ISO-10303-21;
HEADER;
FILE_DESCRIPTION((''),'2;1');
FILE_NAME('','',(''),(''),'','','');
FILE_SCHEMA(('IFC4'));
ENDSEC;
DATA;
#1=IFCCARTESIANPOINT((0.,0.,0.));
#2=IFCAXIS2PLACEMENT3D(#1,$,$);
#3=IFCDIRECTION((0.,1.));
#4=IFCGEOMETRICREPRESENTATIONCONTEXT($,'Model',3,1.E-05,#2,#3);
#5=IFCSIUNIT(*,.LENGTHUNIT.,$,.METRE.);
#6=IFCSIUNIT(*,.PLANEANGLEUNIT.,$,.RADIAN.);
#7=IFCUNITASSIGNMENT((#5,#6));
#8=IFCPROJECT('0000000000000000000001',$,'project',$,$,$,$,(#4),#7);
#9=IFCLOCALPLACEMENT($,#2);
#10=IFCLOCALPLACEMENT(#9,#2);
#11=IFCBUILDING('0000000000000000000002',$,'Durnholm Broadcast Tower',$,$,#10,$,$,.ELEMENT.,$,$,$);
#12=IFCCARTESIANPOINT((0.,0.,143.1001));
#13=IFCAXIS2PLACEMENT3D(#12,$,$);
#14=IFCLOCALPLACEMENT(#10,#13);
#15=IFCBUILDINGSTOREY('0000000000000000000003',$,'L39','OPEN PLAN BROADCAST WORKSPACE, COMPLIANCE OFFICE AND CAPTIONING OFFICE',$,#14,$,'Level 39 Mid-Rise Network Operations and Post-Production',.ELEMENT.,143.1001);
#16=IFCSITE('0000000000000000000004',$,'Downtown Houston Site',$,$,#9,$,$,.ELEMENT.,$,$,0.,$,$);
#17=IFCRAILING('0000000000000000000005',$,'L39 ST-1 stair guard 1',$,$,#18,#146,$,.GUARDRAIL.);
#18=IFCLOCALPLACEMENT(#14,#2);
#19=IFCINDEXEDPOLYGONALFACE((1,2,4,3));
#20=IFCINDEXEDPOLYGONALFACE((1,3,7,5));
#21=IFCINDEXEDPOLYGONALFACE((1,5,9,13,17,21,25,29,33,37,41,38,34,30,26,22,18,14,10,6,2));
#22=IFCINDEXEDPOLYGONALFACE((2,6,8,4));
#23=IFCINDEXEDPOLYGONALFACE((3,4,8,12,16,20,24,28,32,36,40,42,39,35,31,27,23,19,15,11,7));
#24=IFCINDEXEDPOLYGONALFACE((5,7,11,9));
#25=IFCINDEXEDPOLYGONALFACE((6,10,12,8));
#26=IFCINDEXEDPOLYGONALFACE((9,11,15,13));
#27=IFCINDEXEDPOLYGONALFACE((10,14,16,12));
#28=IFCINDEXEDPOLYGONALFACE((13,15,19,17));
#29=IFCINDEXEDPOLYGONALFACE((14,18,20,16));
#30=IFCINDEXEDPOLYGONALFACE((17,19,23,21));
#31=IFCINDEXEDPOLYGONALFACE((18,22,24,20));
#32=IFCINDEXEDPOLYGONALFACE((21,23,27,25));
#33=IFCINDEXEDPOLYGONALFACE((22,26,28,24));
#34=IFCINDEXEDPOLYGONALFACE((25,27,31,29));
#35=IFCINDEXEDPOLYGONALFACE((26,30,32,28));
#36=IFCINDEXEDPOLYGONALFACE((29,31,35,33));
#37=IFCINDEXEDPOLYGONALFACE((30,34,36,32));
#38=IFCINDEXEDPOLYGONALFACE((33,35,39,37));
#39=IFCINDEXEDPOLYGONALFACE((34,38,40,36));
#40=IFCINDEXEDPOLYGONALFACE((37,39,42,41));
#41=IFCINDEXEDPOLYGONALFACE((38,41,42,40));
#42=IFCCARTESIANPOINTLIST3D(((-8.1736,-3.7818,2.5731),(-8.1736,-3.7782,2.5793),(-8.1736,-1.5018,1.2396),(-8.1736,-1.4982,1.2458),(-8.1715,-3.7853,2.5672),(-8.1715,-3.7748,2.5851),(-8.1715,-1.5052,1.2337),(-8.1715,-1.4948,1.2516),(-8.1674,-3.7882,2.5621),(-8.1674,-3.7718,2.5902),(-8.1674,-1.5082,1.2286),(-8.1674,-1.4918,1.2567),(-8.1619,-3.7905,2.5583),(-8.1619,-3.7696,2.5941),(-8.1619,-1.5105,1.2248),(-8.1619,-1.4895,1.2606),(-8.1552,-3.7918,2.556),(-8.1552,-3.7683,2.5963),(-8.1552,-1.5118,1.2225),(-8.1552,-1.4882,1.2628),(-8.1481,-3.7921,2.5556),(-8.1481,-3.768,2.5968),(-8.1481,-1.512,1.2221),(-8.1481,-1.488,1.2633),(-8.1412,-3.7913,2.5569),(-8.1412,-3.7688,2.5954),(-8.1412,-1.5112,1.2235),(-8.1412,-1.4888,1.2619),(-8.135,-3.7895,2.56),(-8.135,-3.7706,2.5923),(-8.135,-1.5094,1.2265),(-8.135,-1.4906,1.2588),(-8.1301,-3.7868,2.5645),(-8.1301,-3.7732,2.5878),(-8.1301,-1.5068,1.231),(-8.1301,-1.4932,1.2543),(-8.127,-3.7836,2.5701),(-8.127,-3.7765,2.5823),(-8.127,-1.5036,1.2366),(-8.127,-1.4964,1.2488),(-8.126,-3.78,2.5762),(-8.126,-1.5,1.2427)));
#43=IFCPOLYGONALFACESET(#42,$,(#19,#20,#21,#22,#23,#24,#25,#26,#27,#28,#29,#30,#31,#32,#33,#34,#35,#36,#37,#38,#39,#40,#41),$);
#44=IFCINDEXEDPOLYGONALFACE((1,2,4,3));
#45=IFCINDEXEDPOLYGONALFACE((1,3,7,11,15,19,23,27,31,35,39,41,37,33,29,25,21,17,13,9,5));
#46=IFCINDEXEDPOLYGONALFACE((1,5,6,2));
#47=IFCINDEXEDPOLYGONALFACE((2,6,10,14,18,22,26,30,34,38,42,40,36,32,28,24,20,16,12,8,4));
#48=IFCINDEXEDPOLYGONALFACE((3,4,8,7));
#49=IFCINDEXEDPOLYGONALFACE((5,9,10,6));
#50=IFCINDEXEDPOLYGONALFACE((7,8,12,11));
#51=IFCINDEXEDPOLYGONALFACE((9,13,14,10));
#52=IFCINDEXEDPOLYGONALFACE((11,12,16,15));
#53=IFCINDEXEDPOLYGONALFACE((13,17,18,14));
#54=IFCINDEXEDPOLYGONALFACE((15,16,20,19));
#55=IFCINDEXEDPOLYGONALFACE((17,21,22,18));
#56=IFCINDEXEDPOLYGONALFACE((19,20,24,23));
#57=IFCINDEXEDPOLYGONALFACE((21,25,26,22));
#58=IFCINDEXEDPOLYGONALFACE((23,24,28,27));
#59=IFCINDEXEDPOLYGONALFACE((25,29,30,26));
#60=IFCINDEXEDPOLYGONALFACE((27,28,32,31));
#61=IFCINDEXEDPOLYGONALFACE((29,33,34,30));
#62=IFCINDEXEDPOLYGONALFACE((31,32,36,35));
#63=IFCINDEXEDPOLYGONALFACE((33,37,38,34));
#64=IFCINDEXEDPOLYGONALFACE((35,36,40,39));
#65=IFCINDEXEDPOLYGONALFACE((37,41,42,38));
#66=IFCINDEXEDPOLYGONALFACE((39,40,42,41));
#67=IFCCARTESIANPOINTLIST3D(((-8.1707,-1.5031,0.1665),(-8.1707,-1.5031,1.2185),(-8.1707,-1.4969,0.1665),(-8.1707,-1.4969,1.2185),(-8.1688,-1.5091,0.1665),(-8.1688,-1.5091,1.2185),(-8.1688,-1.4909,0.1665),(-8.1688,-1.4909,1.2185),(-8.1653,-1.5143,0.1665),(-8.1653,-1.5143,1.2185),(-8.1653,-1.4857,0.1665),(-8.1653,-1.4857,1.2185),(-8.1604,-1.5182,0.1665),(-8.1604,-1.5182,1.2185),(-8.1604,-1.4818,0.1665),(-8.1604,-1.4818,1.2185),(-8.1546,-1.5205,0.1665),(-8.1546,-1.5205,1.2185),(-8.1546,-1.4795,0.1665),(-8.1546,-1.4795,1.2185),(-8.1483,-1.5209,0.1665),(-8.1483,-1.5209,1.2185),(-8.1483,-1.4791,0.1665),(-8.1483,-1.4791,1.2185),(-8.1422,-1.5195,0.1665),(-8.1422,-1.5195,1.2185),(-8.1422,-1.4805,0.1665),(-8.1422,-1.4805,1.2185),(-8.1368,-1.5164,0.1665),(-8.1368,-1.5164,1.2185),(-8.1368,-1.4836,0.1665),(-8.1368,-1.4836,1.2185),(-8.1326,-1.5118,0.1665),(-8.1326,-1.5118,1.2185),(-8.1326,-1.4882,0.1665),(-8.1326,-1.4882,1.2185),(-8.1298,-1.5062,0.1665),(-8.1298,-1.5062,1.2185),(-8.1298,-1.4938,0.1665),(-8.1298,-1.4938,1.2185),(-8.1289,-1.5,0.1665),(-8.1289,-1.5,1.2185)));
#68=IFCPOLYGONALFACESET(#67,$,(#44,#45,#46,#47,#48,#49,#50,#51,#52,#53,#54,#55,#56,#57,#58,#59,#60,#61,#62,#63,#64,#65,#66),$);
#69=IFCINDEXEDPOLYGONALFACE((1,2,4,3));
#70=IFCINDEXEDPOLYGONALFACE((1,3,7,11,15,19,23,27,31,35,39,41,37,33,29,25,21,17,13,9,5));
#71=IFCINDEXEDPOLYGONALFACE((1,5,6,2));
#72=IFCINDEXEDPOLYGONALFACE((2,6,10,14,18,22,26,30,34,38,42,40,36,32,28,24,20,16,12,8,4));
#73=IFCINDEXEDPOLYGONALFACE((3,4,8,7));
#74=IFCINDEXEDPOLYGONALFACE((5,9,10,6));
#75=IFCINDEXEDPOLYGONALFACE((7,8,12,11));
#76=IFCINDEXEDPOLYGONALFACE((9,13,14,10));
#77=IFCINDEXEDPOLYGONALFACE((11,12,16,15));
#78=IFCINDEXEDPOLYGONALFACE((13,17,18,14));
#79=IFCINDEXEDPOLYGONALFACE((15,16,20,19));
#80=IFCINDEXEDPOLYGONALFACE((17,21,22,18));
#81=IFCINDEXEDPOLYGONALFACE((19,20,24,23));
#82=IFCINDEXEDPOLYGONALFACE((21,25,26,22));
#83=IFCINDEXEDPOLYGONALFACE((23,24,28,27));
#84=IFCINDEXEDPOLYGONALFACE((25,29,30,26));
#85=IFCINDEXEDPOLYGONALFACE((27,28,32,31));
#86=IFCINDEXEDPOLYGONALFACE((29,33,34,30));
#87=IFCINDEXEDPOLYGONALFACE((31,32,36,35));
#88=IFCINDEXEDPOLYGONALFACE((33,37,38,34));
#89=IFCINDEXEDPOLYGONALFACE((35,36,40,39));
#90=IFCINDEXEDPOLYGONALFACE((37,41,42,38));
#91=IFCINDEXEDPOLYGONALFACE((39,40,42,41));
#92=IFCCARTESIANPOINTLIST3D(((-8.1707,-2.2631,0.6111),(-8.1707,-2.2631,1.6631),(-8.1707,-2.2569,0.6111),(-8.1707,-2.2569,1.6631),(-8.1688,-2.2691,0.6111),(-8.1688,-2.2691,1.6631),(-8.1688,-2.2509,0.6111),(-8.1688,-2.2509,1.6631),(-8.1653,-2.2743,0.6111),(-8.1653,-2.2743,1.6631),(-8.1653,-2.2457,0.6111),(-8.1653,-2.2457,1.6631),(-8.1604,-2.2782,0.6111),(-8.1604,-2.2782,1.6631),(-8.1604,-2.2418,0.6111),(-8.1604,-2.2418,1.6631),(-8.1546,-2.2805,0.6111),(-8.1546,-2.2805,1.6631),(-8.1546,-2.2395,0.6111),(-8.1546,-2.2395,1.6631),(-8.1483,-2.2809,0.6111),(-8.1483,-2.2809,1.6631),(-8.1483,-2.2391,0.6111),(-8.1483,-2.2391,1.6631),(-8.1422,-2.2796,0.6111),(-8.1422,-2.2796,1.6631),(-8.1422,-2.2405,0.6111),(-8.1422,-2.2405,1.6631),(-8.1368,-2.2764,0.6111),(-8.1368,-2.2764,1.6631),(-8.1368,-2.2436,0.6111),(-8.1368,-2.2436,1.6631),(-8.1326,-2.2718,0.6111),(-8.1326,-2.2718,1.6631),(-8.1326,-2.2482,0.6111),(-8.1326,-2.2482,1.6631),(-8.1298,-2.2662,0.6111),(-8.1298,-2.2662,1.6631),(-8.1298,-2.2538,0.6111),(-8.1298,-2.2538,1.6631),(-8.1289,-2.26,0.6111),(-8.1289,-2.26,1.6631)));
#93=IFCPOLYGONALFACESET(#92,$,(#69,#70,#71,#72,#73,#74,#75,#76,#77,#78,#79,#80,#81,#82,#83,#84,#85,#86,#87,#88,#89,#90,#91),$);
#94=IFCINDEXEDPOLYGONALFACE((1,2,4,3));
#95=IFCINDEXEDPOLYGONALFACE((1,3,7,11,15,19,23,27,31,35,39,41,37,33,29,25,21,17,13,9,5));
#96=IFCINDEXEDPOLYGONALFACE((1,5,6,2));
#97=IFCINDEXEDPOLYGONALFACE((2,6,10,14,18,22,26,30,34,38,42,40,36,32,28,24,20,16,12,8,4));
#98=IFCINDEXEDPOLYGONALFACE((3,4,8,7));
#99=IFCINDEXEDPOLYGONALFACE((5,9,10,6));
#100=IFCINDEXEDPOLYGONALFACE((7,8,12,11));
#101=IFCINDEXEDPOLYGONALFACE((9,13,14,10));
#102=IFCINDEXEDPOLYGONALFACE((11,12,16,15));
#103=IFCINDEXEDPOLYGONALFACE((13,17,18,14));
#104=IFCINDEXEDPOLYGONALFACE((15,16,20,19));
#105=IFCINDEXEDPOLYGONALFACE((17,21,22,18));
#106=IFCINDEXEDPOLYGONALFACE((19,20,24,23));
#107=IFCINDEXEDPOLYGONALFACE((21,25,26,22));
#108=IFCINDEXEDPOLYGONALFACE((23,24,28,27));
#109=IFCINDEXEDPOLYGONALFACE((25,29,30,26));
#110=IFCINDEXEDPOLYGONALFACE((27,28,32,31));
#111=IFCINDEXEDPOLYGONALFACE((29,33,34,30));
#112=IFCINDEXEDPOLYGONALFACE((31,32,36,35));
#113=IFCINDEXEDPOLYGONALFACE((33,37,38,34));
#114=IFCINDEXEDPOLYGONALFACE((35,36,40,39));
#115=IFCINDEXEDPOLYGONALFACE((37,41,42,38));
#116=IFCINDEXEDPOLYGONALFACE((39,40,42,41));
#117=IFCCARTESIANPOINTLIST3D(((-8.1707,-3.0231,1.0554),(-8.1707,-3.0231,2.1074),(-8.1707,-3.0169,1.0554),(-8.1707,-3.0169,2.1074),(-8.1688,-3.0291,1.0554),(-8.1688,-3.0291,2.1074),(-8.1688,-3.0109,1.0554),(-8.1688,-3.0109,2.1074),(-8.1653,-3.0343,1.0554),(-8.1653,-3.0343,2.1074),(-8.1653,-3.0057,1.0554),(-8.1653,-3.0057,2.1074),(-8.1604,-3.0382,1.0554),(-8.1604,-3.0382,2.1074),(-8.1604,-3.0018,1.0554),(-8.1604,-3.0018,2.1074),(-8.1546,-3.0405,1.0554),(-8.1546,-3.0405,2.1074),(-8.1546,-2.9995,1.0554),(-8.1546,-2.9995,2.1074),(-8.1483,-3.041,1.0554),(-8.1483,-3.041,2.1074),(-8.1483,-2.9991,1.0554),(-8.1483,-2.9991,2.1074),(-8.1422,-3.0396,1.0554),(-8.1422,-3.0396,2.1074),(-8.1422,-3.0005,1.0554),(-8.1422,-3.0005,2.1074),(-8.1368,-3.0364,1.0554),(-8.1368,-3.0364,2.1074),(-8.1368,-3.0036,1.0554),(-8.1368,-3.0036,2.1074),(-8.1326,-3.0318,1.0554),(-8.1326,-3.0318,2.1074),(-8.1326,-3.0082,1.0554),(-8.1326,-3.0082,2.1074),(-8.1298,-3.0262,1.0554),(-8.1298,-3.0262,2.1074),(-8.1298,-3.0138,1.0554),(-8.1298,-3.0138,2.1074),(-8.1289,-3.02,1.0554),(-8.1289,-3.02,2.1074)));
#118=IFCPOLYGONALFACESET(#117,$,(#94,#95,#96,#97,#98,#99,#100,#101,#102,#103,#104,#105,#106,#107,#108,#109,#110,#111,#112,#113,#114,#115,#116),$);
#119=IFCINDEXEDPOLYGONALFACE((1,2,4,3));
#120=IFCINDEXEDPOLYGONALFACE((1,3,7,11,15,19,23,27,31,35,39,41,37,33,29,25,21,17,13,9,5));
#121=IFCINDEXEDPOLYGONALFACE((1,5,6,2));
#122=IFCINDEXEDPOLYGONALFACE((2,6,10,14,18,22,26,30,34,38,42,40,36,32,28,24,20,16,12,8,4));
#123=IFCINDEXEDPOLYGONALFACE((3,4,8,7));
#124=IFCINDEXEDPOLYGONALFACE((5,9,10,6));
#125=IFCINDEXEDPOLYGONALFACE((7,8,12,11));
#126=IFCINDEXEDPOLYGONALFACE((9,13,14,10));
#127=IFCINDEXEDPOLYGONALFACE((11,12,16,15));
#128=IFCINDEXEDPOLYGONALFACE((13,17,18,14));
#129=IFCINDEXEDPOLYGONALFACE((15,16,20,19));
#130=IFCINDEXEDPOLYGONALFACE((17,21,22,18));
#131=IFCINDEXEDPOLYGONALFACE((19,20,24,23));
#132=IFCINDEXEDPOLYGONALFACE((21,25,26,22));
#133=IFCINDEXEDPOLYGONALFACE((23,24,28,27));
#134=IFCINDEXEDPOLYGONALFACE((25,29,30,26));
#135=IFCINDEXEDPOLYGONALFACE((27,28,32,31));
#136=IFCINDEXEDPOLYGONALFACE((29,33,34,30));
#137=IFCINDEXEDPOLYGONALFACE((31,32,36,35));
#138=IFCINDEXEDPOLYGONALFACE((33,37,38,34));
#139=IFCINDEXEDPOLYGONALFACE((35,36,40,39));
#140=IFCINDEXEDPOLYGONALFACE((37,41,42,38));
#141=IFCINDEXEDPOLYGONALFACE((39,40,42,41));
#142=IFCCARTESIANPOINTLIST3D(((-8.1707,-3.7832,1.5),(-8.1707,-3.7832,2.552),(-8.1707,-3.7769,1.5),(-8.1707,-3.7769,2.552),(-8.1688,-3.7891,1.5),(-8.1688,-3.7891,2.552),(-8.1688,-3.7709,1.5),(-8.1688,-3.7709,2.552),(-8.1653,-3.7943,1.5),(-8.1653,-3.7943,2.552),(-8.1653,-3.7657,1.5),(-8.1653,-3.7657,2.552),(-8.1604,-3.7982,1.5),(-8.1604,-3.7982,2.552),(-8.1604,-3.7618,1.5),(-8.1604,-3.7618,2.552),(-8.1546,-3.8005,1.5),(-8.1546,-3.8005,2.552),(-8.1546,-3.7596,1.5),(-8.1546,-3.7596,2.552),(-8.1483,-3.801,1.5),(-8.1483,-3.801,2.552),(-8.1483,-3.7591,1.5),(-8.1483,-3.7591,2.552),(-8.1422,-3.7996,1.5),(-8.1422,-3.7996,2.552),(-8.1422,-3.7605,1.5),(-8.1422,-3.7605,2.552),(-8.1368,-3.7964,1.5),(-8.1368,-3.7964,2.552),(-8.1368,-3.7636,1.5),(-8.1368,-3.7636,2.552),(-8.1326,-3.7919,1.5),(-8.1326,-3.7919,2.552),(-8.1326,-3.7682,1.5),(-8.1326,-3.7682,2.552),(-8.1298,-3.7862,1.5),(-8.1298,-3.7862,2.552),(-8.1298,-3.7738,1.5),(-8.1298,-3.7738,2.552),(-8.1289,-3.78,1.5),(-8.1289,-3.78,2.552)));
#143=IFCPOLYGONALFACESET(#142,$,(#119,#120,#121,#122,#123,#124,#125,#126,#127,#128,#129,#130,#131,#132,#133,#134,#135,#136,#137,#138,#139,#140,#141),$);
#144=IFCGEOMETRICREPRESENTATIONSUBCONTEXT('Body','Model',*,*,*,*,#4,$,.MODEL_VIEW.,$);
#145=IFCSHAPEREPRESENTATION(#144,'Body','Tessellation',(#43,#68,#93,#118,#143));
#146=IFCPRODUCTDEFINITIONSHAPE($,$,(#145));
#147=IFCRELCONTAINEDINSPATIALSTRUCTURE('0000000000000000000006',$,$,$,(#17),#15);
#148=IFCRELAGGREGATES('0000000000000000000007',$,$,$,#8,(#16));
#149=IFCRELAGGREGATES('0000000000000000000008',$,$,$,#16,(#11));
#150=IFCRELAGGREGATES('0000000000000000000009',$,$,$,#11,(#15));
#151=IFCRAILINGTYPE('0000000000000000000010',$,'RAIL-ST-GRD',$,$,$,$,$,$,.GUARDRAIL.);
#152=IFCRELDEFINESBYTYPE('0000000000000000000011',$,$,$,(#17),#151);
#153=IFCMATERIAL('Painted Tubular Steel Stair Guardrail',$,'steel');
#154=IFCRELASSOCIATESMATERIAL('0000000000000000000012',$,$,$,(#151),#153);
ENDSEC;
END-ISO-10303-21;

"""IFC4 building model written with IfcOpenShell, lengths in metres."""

from ifc_helpers import new_model, si_unit, direction, frame, origin, origin_2d, place, context, subcontext, project, spatial, circle, extrude, material, type_object, element, save


model = new_model("IFC4")

# Units and contexts
model_context = context("Model", 3, precision=1e-05, world=origin(), true_north=direction((0.0, 1.0)))
body_context = subcontext(model_context, "Body", "Model", "MODEL_VIEW")
ifc_project = project(units=[si_unit("LENGTHUNIT", "METRE"), si_unit("PLANEANGLEUNIT", "RADIAN")], contexts=[model_context])

# Site, building, storey
site_placement = place(None, origin())
site = spatial("IfcSite", under=ifc_project, at=site_placement, Name="Downtown Houston Site", CompositionType="ELEMENT", RefElevation=0.0)
building_placement = place(site_placement, origin())
building = spatial("IfcBuilding", under=site, at=building_placement, Name="Durnholm Broadcast Tower", CompositionType="ELEMENT")
storey_placement = place(building_placement, frame((0.0, 0.0, 143.1001)))
storey = spatial("IfcBuildingStorey", under=building, at=storey_placement, Name="L39", Description="OPEN PLAN BROADCAST WORKSPACE, COMPLIANCE OFFICE AND CAPTIONING OFFICE", LongName="Level 39 Mid-Rise Network Operations and Post-Production", CompositionType="ELEMENT", Elevation=143.1001)

# Railing
ifc_material_1 = material(Name="Painted Tubular Steel Stair Guardrail", Category="steel")
railing_type_1 = type_object("IfcRailingType", Name="RAIL-ST-GRD", PredefinedType="GUARDRAIL", material=ifc_material_1)
railing_1_placement = place(storey_placement, frame((-8.1499, -1.5, 0.1665)))
element("IfcRailing", 1, at=railing_1_placement, inside=storey, type_object=railing_type_1, Name="L39 ST-1 stair guard 1", PredefinedType="GUARDRAIL", context=body_context, shape_type="SweptSolid", body=[
    extrude(circle(Radius=0.0239, at=origin_2d()), frame((0.0, 0.0, 1.0762), z_axis=(0.0, -0.863205, 0.504853), x_axis=(1.0, 0.0, 0.0)), (0.0, 0.0, 1.0), 2.6414),
    extrude(circle(Radius=0.021, at=origin_2d()), origin(), (0.0, 0.0, 1.0), 1.052),
    extrude(circle(Radius=0.021, at=origin_2d()), frame((0.0, -0.76, 0.4446)), (0.0, 0.0, 1.0), 1.052),
    extrude(circle(Radius=0.021, at=origin_2d()), frame((0.0, -1.52, 0.8889)), (0.0, 0.0, 1.0), 1.052),
    extrude(circle(Radius=0.021, at=origin_2d()), frame((0.0, -2.28, 1.3335)), (0.0, 0.0, 1.0), 1.052),
])

save(model, "model.ifc")
